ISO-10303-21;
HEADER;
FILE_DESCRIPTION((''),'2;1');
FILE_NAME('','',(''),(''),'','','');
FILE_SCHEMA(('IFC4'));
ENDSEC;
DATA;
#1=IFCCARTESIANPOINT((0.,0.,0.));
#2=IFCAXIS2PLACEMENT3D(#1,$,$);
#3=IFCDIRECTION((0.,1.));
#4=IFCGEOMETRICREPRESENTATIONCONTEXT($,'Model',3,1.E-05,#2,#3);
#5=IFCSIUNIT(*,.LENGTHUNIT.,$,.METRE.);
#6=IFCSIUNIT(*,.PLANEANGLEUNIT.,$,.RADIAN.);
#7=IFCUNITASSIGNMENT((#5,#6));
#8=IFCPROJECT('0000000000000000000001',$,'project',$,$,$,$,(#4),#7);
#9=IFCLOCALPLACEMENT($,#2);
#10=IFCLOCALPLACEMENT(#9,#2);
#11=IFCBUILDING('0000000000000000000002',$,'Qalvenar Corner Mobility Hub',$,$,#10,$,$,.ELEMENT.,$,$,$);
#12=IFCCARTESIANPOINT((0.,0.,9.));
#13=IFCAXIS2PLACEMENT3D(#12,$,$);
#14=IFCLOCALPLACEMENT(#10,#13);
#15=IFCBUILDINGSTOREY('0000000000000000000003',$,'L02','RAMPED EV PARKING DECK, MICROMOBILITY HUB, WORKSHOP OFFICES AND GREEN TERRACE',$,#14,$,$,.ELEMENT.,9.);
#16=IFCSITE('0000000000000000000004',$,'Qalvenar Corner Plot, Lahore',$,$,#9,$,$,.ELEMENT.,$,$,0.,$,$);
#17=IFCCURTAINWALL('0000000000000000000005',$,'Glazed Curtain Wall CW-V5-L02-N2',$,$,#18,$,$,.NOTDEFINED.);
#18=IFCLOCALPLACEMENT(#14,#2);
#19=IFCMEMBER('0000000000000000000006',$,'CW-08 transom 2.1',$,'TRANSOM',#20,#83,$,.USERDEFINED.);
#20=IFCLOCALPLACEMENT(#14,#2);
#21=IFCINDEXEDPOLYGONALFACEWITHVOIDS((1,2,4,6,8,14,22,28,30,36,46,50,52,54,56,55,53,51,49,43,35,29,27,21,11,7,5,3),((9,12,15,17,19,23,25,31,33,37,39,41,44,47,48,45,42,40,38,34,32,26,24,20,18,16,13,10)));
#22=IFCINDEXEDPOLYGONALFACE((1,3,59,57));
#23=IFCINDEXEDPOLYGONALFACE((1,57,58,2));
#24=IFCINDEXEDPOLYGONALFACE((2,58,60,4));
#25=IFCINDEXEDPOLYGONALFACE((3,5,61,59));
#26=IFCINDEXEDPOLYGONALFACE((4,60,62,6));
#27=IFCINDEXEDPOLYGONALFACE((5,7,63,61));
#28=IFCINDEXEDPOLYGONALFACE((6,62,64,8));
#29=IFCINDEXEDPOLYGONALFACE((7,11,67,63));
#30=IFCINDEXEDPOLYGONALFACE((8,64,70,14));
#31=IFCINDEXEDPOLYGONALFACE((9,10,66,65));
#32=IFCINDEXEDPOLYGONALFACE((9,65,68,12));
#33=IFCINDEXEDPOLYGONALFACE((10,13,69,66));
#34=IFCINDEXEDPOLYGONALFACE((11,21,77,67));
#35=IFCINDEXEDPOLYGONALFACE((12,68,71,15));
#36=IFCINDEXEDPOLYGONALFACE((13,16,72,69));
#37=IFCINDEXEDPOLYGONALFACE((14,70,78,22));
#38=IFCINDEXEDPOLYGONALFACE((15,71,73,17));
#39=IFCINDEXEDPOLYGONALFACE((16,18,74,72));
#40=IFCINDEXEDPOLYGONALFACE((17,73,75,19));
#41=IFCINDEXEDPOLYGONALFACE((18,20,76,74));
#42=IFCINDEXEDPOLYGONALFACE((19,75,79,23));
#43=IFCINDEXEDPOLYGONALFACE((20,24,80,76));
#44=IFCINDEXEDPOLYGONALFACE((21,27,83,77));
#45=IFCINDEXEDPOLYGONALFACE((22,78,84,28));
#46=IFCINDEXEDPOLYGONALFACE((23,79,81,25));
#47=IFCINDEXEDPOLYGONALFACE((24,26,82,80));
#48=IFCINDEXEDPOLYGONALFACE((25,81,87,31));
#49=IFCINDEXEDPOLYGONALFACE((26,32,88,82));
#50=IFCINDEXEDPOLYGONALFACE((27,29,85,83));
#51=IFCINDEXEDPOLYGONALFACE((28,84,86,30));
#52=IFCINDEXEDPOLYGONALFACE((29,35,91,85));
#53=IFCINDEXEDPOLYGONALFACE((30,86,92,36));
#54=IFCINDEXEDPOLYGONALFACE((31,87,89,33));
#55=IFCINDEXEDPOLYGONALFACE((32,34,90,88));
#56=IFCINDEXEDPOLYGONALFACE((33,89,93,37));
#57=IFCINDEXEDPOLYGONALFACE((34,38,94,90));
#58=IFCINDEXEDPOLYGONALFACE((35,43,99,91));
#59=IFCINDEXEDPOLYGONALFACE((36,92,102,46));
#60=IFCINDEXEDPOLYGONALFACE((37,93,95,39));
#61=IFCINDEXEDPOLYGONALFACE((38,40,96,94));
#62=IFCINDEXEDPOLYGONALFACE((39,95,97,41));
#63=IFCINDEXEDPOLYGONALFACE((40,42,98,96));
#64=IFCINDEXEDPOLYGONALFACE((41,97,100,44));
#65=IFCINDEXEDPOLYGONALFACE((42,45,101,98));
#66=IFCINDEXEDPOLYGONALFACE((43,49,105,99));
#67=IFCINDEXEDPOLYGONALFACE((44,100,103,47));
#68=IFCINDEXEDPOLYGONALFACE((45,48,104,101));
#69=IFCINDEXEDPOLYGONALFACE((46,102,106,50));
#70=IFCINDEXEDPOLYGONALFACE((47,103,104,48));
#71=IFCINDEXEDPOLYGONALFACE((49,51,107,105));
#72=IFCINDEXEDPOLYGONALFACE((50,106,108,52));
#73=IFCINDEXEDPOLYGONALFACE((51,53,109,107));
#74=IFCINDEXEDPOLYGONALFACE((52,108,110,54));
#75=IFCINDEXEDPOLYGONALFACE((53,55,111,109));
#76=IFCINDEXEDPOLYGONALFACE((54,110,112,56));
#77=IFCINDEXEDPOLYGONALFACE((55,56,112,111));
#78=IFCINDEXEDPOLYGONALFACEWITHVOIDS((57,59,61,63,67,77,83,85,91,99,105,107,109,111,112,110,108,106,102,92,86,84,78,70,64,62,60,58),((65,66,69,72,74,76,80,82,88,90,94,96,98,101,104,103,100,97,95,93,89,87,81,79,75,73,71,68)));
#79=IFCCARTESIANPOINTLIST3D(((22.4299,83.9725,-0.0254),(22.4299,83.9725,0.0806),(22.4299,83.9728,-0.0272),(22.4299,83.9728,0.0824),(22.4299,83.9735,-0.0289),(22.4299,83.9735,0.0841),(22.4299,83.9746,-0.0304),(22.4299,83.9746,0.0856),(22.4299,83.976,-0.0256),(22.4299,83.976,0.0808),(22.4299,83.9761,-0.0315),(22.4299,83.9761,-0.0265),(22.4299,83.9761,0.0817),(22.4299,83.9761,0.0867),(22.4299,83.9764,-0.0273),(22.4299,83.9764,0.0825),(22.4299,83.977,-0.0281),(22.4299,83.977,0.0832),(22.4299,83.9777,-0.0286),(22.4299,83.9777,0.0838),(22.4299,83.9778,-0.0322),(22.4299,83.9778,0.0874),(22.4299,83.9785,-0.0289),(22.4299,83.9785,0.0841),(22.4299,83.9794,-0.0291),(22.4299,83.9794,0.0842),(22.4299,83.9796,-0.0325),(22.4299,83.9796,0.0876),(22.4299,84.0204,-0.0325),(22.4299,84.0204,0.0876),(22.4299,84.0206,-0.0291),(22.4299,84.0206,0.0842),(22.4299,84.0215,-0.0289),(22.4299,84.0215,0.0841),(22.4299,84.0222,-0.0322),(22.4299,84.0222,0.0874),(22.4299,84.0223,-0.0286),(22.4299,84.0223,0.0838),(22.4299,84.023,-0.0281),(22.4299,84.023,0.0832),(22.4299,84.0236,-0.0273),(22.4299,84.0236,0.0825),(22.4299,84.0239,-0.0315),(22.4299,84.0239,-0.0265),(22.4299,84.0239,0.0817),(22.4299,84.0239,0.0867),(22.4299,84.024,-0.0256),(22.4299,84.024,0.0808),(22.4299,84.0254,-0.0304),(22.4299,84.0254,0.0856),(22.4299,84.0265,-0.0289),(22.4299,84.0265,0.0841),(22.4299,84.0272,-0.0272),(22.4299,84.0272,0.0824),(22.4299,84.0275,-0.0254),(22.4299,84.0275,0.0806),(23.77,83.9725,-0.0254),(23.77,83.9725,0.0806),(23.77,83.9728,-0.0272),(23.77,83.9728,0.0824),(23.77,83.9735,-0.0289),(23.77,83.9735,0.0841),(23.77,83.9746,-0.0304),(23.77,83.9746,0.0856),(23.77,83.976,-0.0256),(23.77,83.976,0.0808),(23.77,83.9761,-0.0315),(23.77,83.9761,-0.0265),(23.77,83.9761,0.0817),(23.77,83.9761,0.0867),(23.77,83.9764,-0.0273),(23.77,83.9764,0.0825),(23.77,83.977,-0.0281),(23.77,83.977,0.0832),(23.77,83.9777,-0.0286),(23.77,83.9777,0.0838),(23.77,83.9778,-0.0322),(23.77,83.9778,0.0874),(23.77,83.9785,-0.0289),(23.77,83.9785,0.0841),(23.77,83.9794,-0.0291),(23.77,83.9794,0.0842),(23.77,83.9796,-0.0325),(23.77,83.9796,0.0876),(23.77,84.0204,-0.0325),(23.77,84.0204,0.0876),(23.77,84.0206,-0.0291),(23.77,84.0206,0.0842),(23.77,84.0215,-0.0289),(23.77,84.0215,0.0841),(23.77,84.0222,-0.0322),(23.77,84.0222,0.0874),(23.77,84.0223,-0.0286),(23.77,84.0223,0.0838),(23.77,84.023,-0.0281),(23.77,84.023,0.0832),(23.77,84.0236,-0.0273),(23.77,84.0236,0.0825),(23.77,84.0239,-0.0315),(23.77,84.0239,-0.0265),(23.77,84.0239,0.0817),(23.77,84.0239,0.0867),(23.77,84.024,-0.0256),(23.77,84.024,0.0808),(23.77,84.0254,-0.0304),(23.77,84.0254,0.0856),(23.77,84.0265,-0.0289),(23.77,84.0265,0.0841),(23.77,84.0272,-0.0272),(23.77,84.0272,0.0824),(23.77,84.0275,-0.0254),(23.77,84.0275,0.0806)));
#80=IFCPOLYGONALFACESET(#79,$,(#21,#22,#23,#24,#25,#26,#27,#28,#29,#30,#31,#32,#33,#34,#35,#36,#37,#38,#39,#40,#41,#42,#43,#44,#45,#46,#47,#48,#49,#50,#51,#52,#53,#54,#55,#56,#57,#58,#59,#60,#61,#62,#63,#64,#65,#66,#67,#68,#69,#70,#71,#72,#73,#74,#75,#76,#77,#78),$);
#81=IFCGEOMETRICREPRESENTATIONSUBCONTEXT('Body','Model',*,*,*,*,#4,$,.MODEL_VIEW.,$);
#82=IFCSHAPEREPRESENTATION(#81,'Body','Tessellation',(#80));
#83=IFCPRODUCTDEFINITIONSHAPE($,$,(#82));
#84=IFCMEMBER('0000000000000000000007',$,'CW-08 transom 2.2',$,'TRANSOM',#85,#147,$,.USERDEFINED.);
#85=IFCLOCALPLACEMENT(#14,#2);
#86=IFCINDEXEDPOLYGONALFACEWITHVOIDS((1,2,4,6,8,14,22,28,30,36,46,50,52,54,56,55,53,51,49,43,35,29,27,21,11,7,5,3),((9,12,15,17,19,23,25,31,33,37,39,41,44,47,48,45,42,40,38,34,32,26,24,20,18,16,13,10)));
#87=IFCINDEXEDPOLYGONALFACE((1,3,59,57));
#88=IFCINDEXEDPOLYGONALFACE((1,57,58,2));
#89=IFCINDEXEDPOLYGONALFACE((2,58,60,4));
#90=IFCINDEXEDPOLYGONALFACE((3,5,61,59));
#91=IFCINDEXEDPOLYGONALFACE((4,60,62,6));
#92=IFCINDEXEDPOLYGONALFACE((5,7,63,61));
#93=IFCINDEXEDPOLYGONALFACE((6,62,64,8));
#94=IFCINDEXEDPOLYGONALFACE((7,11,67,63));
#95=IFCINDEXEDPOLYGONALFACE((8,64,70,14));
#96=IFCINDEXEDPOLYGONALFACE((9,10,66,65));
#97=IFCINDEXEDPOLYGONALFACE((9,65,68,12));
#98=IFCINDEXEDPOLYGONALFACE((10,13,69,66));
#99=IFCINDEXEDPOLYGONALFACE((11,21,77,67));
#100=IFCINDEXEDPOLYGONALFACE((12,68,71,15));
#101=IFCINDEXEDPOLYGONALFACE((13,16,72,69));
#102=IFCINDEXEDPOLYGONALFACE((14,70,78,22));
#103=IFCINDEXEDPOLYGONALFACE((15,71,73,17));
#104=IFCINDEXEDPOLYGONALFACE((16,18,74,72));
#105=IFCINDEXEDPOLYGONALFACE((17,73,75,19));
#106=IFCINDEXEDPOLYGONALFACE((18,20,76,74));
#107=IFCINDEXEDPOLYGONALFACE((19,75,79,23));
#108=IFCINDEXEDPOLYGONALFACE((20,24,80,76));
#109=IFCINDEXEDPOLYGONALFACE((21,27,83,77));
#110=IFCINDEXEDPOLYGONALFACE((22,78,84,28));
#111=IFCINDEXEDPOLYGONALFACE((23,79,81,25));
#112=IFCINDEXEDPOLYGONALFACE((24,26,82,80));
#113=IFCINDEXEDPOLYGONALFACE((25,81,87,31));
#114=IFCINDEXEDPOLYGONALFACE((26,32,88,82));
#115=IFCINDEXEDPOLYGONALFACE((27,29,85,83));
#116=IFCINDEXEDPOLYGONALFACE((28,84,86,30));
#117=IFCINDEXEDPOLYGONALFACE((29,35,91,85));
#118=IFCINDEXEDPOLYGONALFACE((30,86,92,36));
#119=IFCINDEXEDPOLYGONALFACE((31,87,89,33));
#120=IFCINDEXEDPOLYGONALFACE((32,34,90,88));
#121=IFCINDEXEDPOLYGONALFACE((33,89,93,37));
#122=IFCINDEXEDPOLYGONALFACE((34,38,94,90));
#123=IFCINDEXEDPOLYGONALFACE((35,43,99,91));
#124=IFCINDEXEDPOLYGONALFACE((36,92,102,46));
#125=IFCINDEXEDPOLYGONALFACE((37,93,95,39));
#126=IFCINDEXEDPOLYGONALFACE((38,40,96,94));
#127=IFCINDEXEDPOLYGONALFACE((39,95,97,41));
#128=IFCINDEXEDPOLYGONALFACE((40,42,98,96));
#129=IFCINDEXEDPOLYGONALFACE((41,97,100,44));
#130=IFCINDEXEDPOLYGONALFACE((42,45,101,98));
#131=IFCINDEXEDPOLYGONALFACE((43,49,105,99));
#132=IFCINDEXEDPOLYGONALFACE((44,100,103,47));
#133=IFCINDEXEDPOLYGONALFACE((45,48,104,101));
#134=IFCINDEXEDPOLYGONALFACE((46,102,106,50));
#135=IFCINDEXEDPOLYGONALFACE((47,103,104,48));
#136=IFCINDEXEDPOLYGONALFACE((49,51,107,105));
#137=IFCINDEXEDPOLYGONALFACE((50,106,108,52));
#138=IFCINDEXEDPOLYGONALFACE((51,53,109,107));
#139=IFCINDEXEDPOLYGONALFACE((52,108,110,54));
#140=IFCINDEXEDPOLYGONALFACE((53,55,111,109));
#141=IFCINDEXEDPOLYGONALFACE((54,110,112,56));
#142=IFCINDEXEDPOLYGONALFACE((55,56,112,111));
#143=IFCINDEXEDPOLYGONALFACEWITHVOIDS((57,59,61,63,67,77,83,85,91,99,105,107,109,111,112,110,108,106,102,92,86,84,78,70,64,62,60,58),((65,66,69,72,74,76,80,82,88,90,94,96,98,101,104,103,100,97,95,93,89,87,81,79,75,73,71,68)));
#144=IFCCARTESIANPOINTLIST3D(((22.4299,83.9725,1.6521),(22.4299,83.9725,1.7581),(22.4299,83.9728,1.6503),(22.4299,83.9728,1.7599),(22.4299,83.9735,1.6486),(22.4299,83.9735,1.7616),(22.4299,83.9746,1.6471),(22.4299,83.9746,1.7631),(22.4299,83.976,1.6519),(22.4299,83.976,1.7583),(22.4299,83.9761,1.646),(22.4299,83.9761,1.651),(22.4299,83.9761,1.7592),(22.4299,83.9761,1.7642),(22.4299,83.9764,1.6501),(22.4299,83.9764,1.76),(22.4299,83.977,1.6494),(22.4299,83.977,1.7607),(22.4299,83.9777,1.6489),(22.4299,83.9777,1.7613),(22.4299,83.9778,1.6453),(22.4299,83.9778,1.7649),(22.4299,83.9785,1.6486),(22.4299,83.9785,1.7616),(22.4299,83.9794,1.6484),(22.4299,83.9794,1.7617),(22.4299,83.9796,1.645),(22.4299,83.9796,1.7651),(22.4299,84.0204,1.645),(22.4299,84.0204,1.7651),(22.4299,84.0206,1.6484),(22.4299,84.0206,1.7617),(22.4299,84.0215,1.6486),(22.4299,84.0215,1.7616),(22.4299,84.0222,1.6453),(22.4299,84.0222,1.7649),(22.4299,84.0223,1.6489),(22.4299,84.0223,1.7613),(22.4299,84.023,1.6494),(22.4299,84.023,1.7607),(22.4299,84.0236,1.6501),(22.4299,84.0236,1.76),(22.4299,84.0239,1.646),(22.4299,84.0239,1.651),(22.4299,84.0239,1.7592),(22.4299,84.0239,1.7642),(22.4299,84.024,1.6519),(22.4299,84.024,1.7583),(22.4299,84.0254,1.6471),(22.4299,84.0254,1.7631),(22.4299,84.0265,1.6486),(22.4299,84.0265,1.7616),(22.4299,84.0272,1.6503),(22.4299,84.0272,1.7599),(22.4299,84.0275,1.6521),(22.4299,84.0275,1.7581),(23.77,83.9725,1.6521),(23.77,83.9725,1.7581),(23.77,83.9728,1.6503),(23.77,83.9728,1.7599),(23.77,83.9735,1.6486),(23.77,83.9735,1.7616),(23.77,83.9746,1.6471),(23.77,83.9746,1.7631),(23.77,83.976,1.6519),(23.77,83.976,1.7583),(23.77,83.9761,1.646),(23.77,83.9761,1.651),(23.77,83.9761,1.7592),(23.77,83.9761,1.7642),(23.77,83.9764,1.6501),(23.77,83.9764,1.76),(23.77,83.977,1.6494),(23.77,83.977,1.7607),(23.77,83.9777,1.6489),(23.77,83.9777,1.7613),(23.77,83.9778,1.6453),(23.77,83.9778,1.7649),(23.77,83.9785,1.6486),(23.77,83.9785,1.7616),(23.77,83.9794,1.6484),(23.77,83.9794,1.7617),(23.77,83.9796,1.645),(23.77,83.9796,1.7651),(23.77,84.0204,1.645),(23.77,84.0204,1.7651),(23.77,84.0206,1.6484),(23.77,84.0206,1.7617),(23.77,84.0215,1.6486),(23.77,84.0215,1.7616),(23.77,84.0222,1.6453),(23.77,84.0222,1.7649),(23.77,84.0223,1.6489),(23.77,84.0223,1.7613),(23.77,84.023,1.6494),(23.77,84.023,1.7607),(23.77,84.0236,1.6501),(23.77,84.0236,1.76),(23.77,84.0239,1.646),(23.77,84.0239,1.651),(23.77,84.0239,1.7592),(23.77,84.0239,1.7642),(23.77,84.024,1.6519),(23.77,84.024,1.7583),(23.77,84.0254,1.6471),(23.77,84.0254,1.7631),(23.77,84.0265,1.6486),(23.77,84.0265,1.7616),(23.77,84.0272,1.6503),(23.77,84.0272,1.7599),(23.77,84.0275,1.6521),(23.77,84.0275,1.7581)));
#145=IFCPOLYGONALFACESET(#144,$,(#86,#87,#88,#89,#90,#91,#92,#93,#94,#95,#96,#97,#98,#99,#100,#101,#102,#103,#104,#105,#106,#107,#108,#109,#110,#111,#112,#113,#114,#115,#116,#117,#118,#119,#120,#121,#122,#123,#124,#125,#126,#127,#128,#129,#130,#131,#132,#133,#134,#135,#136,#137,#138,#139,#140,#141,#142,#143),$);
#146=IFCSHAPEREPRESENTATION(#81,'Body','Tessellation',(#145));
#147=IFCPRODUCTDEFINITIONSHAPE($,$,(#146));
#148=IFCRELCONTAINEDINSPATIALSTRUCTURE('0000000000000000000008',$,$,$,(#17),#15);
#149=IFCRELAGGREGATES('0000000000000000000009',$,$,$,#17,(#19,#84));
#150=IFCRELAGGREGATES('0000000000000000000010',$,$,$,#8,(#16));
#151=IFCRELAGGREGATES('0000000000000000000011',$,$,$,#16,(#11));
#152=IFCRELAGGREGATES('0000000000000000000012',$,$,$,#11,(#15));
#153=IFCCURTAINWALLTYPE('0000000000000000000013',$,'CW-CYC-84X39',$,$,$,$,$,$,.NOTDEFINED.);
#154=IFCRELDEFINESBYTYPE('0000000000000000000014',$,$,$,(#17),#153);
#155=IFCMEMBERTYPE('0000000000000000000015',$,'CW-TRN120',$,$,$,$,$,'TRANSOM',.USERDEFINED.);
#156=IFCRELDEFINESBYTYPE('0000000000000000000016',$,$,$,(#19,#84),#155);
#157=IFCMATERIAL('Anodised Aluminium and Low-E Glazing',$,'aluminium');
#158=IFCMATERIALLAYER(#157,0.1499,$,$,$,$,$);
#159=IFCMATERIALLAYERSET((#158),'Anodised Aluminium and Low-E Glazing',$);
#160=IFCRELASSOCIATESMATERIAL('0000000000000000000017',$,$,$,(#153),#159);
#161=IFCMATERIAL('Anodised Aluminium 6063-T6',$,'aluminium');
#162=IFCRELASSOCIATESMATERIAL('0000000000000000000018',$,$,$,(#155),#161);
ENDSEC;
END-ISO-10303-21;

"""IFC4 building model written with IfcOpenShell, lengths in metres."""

from ifc_helpers import new_model, si_unit, direction, frame, origin, origin_2d, place, context, subcontext, project, spatial, hollow_rectangle, extrude, material, layer, layer_set, material_profile, profile_set, type_object, element, aggregate, save


model = new_model("IFC4")

# Units and contexts
model_context = context("Model", 3, precision=1e-05, world=origin(), true_north=direction((0.0, 1.0)))
body_context = subcontext(model_context, "Body", "Model", "MODEL_VIEW")
ifc_project = project(units=[si_unit("LENGTHUNIT", "METRE"), si_unit("PLANEANGLEUNIT", "RADIAN")], contexts=[model_context])

# Site, building, storey
site_placement = place(None, origin())
site = spatial("IfcSite", under=ifc_project, at=site_placement, Name="Qalvenar Corner Plot, Lahore", CompositionType="ELEMENT", RefElevation=0.0)
building_placement = place(site_placement, origin())
building = spatial("IfcBuilding", under=site, at=building_placement, Name="Qalvenar Corner Mobility Hub", CompositionType="ELEMENT")
storey_placement = place(building_placement, frame((0.0, 0.0, 9.0)))
storey = spatial("IfcBuildingStorey", under=building, at=storey_placement, Name="L02", Description="RAMPED EV PARKING DECK, MICROMOBILITY HUB, WORKSHOP OFFICES AND GREEN TERRACE", CompositionType="ELEMENT", Elevation=9.0)

# Shared definitions
ifc_material_1 = material(Name="Anodised Aluminium and Low-E Glazing", Category="aluminium")
ifc_layer_1 = layer(ifc_material_1, 0.1499)
ifc_layer_set_1 = layer_set([ifc_layer_1], Name="Anodised Aluminium and Low-E Glazing")
curtain_wall_type = type_object("IfcCurtainWallType", Name="CW-CYC-84X39", PredefinedType="NOTDEFINED", material=ifc_layer_set_1)
ifc_material_2 = material(Name="Anodised Aluminium 6063-T6", Category="aluminium")

# Curtain wall
curtain_wall_1_placement = place(storey_placement, origin())
curtain_wall_1 = element("IfcCurtainWall", 1, at=curtain_wall_1_placement, inside=storey, type_object=curtain_wall_type, Name="Glazed Curtain Wall CW-V5-L02-N2", PredefinedType="NOTDEFINED")

# Members
ifc_material_profile_1 = material_profile(ifc_material_2, hollow_rectangle(XDim=0.0549, YDim=0.1201, WallThickness=0.0034, InnerFilletRadius=0.0034, OuterFilletRadius=0.0071, at=origin_2d()), Name="RHS120x55x3.5")
ifc_profile_set_1 = profile_set([ifc_material_profile_1], Name="Anodised Aluminium 6063-T6")
member_type_1 = type_object("IfcMemberType", Name="CW-TRN120", ElementType="TRANSOM", PredefinedType="USERDEFINED", material=ifc_profile_set_1)
member_1_placement = place(storey_placement, frame((23.77, 84.0, 0.0276), z_axis=(-1.0, 0.0, 0.0), x_axis=(0.0, -1.0, 0.0)))
member_1 = element("IfcMember", 2, at=member_1_placement, type_object=member_type_1, Name="CW-08 transom 2.1", ObjectType="TRANSOM", PredefinedType="USERDEFINED", context=body_context, shape_type="SweptSolid", body=[
    extrude(hollow_rectangle(XDim=0.0549, YDim=0.1201, WallThickness=0.0034, InnerFilletRadius=0.0034, OuterFilletRadius=0.0071, at=origin_2d()), origin(), (0.0, 0.0, 1.0), 1.3401),
])
member_2_placement = place(storey_placement, frame((23.77, 84.0, 1.7051), z_axis=(-1.0, 0.0, 0.0), x_axis=(0.0, -1.0, 0.0)))
member_2 = element("IfcMember", 3, at=member_2_placement, type_object=member_type_1, Name="CW-08 transom 2.2", ObjectType="TRANSOM", PredefinedType="USERDEFINED", context=body_context, shape_type="SweptSolid", body=[
    extrude(hollow_rectangle(XDim=0.0549, YDim=0.1201, WallThickness=0.0034, InnerFilletRadius=0.0034, OuterFilletRadius=0.0071, at=origin_2d()), origin(), (0.0, 0.0, 1.0), 1.3401),
])

aggregate(curtain_wall_1, [member_1, member_2])

save(model, "model.ifc")
